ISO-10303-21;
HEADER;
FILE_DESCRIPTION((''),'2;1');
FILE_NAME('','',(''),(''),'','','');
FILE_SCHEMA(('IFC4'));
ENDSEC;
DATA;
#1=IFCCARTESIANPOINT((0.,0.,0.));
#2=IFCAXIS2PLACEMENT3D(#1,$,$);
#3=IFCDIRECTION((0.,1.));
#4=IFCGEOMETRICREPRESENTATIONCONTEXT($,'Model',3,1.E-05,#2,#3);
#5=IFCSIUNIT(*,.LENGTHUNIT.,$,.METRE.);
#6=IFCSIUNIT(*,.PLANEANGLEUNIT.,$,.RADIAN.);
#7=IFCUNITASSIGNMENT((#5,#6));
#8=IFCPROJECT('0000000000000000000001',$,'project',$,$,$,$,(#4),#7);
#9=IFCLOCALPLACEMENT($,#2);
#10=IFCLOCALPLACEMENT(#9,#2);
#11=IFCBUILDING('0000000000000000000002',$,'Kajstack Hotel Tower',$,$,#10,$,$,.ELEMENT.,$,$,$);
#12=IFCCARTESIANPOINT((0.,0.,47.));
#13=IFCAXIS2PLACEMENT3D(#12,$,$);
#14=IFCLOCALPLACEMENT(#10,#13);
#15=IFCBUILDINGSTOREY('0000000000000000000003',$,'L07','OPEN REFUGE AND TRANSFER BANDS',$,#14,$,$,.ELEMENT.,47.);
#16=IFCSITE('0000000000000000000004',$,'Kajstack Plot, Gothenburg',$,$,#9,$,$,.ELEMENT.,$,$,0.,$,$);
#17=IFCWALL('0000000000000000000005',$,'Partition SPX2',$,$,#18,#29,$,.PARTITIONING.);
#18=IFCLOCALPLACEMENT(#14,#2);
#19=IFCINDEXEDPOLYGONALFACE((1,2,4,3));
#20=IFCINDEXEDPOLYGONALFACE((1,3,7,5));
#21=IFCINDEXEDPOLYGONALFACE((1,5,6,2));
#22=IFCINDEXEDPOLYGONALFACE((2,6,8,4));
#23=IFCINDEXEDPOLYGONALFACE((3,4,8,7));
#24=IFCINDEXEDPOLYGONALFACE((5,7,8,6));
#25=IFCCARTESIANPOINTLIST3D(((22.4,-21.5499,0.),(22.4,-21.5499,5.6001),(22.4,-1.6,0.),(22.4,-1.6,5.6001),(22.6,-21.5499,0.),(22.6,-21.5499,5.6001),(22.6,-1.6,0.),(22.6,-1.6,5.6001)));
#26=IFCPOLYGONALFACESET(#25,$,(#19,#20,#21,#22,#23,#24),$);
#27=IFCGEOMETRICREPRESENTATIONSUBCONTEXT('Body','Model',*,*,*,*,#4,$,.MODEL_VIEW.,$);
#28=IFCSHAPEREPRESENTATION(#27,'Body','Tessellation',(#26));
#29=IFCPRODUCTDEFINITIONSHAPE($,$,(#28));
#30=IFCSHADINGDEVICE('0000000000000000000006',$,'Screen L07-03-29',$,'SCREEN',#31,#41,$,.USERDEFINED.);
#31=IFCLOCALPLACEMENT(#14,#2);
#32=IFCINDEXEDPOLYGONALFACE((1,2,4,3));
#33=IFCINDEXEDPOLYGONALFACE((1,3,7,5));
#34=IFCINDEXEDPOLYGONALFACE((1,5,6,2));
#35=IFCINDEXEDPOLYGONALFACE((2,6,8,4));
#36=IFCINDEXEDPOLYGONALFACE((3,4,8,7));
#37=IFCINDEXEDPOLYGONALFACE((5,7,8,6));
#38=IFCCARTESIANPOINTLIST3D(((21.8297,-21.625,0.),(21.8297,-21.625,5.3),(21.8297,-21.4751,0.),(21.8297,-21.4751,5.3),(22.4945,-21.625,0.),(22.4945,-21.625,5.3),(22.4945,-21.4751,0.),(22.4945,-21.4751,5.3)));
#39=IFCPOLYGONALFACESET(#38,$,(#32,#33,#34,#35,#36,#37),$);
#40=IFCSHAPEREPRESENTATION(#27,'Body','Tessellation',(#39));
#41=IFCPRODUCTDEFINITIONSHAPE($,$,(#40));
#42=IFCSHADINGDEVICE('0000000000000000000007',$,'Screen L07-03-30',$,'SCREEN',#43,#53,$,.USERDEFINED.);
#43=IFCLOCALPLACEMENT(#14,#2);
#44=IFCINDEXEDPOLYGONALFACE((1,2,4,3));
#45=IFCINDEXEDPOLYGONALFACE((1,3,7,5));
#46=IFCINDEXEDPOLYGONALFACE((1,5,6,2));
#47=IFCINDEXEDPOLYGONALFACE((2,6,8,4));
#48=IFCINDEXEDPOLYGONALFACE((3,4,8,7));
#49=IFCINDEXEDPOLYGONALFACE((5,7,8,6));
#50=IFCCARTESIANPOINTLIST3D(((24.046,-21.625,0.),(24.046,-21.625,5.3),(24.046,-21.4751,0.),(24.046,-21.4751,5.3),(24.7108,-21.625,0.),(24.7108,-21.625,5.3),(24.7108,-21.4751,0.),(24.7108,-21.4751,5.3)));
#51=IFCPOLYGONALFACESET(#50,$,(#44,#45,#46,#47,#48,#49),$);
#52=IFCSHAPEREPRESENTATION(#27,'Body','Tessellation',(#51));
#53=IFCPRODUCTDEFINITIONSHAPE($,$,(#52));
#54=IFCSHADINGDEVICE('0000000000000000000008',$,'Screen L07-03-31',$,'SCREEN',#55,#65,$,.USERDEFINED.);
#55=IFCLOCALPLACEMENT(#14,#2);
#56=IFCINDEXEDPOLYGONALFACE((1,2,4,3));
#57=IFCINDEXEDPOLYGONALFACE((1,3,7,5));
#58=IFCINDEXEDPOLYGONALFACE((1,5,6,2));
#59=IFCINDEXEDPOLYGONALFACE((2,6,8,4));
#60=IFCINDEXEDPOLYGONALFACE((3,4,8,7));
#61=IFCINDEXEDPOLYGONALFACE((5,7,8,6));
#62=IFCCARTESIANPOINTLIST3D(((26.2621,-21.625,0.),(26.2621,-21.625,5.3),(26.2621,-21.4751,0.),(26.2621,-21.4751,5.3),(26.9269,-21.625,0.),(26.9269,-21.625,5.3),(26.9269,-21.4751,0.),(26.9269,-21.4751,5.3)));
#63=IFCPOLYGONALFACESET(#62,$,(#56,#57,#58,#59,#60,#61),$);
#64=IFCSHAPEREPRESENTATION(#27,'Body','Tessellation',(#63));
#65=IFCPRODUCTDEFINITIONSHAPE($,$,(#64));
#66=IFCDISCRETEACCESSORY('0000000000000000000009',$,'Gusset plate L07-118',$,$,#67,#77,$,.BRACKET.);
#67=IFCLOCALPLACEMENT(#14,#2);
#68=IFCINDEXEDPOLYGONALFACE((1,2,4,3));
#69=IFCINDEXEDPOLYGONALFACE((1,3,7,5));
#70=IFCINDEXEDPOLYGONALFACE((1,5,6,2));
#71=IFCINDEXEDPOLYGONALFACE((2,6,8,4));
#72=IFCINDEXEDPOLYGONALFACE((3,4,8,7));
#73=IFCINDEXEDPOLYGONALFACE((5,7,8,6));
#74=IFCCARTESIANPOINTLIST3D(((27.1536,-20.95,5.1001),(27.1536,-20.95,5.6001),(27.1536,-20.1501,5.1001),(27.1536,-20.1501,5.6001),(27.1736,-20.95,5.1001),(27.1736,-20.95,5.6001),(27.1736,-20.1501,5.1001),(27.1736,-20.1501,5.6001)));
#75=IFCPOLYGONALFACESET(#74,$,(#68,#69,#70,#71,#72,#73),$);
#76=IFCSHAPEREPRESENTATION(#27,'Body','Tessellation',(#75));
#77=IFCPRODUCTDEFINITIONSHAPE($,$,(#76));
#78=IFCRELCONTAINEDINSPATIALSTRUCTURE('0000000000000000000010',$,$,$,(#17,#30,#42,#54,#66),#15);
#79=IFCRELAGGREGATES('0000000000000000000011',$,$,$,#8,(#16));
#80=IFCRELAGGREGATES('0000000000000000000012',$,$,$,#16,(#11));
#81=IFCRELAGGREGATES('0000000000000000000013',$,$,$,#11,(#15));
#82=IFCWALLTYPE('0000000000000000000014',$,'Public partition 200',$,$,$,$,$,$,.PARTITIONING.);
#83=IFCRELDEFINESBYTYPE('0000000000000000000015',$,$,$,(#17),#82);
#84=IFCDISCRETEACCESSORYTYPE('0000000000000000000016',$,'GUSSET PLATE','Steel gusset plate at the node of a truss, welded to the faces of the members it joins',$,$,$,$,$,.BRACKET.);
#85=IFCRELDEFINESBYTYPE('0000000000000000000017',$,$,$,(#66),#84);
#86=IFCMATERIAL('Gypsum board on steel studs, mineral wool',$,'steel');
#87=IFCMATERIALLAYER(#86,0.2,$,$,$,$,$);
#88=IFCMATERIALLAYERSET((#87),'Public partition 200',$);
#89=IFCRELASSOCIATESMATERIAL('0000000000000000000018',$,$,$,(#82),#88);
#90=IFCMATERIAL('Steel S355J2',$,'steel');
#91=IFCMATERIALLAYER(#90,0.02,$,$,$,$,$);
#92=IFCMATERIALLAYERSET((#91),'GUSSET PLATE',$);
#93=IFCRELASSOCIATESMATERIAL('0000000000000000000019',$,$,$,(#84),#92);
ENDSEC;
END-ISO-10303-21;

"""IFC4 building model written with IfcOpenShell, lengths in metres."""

from ifc_helpers import new_model, si_unit, direction, frame, frame_2d, origin, origin_2d, place, context, subcontext, project, spatial, polyline, rectangle, outline, extrude, material, layer, layer_set, type_object, element, save


model = new_model("IFC4")

# Units and contexts
model_context = context("Model", 3, precision=1e-05, world=origin(), true_north=direction((0.0, 1.0)))
body_context = subcontext(model_context, "Body", "Model", "MODEL_VIEW")
ifc_project = project(units=[si_unit("LENGTHUNIT", "METRE"), si_unit("PLANEANGLEUNIT", "RADIAN")], contexts=[model_context])

# Site, building, storey
site_placement = place(None, origin())
site = spatial("IfcSite", under=ifc_project, at=site_placement, Name="Kajstack Plot, Gothenburg", CompositionType="ELEMENT", RefElevation=0.0)
building_placement = place(site_placement, origin())
building = spatial("IfcBuilding", under=site, at=building_placement, Name="Kajstack Hotel Tower", CompositionType="ELEMENT")
storey_placement = place(building_placement, frame((0.0, 0.0, 47.0)))
storey = spatial("IfcBuildingStorey", under=building, at=storey_placement, Name="L07", Description="OPEN REFUGE AND TRANSFER BANDS", CompositionType="ELEMENT", Elevation=47.0)

# Shared definitions
ifc_material_1 = material(Name="Steel S355J2", Category="steel")

# Wall
ifc_material_2 = material(Name="Gypsum board on steel studs, mineral wool", Category="steel")
ifc_layer_1 = layer(ifc_material_2, 0.2)
ifc_layer_set_1 = layer_set([ifc_layer_1], Name="Public partition 200")
wall_type = type_object("IfcWallType", Name="Public partition 200", PredefinedType="PARTITIONING", material=ifc_layer_set_1)
wall_placement = place(storey_placement, frame((22.5, -21.55, 0.0), z_axis=(0.0, 0.0, 1.0), x_axis=(0.0, 1.0, 0.0)))
element("IfcWall", 1, at=wall_placement, inside=storey, type_object=wall_type, Name="Partition SPX2", PredefinedType="PARTITIONING", context=body_context, shape_type="SweptSolid", body=[
    extrude(rectangle(XDim=19.95, YDim=0.2, at=frame_2d((9.9751, 0.0))), origin(), (0.0, 0.0, 1.0), 5.6001),
])

# Shading devices
for number, where, z_axis, x_axis, name in (
    (2, (22.1621, -21.55, 0.0), (0.0, 0.0, 1.0), (1.0, 0.0, 0.0), "Screen L07-03-29"),
    (3, (24.3784, -21.55, 0.0), (0.0, 0.0, 1.0), (1.0, 0.0, 0.0), "Screen L07-03-30"),
    (4, (26.5945, -21.55, 0.0), (0.0, 0.0, 1.0), (1.0, 0.0, 0.0), "Screen L07-03-31"),
):
    element("IfcShadingDevice", number, at=place(storey_placement, frame(where, z_axis=z_axis, x_axis=x_axis)), inside=storey, Name=name, ObjectType="SCREEN", PredefinedType="USERDEFINED", context=body_context, shape_type="SweptSolid", body=[
        extrude(rectangle(XDim=0.6648, YDim=0.1499, at=origin_2d()), origin(), (0.0, 0.0, 1.0), 5.3),
    ])

# Discrete accessory
ifc_layer_2 = layer(ifc_material_1, 0.02)
ifc_layer_set_2 = layer_set([ifc_layer_2], Name="GUSSET PLATE")
discrete_accessory_type = type_object("IfcDiscreteAccessoryType", Name="GUSSET PLATE", Description="Steel gusset plate at the node of a truss, welded to the faces of the members it joins", PredefinedType="BRACKET", material=ifc_layer_set_2)
discrete_accessory_placement = place(storey_placement, frame((27.1536, -20.55, 5.1001), z_axis=(1.0, 0.0, 0.0), x_axis=(0.0, 1.0, 0.0)))
element("IfcDiscreteAccessory", 5, at=discrete_accessory_placement, inside=storey, type_object=discrete_accessory_type, Name="Gusset plate L07-118", PredefinedType="BRACKET", context=body_context, shape_type="SweptSolid", body=[
    extrude(outline(polyline([(-0.3999, 0.0), (0.3999, 0.0), (0.3999, 0.5), (-0.3999, 0.5), (-0.3999, 0.0)])), origin(), (0.0, 0.0, 1.0), 0.02),
])

save(model, "model.ifc")
